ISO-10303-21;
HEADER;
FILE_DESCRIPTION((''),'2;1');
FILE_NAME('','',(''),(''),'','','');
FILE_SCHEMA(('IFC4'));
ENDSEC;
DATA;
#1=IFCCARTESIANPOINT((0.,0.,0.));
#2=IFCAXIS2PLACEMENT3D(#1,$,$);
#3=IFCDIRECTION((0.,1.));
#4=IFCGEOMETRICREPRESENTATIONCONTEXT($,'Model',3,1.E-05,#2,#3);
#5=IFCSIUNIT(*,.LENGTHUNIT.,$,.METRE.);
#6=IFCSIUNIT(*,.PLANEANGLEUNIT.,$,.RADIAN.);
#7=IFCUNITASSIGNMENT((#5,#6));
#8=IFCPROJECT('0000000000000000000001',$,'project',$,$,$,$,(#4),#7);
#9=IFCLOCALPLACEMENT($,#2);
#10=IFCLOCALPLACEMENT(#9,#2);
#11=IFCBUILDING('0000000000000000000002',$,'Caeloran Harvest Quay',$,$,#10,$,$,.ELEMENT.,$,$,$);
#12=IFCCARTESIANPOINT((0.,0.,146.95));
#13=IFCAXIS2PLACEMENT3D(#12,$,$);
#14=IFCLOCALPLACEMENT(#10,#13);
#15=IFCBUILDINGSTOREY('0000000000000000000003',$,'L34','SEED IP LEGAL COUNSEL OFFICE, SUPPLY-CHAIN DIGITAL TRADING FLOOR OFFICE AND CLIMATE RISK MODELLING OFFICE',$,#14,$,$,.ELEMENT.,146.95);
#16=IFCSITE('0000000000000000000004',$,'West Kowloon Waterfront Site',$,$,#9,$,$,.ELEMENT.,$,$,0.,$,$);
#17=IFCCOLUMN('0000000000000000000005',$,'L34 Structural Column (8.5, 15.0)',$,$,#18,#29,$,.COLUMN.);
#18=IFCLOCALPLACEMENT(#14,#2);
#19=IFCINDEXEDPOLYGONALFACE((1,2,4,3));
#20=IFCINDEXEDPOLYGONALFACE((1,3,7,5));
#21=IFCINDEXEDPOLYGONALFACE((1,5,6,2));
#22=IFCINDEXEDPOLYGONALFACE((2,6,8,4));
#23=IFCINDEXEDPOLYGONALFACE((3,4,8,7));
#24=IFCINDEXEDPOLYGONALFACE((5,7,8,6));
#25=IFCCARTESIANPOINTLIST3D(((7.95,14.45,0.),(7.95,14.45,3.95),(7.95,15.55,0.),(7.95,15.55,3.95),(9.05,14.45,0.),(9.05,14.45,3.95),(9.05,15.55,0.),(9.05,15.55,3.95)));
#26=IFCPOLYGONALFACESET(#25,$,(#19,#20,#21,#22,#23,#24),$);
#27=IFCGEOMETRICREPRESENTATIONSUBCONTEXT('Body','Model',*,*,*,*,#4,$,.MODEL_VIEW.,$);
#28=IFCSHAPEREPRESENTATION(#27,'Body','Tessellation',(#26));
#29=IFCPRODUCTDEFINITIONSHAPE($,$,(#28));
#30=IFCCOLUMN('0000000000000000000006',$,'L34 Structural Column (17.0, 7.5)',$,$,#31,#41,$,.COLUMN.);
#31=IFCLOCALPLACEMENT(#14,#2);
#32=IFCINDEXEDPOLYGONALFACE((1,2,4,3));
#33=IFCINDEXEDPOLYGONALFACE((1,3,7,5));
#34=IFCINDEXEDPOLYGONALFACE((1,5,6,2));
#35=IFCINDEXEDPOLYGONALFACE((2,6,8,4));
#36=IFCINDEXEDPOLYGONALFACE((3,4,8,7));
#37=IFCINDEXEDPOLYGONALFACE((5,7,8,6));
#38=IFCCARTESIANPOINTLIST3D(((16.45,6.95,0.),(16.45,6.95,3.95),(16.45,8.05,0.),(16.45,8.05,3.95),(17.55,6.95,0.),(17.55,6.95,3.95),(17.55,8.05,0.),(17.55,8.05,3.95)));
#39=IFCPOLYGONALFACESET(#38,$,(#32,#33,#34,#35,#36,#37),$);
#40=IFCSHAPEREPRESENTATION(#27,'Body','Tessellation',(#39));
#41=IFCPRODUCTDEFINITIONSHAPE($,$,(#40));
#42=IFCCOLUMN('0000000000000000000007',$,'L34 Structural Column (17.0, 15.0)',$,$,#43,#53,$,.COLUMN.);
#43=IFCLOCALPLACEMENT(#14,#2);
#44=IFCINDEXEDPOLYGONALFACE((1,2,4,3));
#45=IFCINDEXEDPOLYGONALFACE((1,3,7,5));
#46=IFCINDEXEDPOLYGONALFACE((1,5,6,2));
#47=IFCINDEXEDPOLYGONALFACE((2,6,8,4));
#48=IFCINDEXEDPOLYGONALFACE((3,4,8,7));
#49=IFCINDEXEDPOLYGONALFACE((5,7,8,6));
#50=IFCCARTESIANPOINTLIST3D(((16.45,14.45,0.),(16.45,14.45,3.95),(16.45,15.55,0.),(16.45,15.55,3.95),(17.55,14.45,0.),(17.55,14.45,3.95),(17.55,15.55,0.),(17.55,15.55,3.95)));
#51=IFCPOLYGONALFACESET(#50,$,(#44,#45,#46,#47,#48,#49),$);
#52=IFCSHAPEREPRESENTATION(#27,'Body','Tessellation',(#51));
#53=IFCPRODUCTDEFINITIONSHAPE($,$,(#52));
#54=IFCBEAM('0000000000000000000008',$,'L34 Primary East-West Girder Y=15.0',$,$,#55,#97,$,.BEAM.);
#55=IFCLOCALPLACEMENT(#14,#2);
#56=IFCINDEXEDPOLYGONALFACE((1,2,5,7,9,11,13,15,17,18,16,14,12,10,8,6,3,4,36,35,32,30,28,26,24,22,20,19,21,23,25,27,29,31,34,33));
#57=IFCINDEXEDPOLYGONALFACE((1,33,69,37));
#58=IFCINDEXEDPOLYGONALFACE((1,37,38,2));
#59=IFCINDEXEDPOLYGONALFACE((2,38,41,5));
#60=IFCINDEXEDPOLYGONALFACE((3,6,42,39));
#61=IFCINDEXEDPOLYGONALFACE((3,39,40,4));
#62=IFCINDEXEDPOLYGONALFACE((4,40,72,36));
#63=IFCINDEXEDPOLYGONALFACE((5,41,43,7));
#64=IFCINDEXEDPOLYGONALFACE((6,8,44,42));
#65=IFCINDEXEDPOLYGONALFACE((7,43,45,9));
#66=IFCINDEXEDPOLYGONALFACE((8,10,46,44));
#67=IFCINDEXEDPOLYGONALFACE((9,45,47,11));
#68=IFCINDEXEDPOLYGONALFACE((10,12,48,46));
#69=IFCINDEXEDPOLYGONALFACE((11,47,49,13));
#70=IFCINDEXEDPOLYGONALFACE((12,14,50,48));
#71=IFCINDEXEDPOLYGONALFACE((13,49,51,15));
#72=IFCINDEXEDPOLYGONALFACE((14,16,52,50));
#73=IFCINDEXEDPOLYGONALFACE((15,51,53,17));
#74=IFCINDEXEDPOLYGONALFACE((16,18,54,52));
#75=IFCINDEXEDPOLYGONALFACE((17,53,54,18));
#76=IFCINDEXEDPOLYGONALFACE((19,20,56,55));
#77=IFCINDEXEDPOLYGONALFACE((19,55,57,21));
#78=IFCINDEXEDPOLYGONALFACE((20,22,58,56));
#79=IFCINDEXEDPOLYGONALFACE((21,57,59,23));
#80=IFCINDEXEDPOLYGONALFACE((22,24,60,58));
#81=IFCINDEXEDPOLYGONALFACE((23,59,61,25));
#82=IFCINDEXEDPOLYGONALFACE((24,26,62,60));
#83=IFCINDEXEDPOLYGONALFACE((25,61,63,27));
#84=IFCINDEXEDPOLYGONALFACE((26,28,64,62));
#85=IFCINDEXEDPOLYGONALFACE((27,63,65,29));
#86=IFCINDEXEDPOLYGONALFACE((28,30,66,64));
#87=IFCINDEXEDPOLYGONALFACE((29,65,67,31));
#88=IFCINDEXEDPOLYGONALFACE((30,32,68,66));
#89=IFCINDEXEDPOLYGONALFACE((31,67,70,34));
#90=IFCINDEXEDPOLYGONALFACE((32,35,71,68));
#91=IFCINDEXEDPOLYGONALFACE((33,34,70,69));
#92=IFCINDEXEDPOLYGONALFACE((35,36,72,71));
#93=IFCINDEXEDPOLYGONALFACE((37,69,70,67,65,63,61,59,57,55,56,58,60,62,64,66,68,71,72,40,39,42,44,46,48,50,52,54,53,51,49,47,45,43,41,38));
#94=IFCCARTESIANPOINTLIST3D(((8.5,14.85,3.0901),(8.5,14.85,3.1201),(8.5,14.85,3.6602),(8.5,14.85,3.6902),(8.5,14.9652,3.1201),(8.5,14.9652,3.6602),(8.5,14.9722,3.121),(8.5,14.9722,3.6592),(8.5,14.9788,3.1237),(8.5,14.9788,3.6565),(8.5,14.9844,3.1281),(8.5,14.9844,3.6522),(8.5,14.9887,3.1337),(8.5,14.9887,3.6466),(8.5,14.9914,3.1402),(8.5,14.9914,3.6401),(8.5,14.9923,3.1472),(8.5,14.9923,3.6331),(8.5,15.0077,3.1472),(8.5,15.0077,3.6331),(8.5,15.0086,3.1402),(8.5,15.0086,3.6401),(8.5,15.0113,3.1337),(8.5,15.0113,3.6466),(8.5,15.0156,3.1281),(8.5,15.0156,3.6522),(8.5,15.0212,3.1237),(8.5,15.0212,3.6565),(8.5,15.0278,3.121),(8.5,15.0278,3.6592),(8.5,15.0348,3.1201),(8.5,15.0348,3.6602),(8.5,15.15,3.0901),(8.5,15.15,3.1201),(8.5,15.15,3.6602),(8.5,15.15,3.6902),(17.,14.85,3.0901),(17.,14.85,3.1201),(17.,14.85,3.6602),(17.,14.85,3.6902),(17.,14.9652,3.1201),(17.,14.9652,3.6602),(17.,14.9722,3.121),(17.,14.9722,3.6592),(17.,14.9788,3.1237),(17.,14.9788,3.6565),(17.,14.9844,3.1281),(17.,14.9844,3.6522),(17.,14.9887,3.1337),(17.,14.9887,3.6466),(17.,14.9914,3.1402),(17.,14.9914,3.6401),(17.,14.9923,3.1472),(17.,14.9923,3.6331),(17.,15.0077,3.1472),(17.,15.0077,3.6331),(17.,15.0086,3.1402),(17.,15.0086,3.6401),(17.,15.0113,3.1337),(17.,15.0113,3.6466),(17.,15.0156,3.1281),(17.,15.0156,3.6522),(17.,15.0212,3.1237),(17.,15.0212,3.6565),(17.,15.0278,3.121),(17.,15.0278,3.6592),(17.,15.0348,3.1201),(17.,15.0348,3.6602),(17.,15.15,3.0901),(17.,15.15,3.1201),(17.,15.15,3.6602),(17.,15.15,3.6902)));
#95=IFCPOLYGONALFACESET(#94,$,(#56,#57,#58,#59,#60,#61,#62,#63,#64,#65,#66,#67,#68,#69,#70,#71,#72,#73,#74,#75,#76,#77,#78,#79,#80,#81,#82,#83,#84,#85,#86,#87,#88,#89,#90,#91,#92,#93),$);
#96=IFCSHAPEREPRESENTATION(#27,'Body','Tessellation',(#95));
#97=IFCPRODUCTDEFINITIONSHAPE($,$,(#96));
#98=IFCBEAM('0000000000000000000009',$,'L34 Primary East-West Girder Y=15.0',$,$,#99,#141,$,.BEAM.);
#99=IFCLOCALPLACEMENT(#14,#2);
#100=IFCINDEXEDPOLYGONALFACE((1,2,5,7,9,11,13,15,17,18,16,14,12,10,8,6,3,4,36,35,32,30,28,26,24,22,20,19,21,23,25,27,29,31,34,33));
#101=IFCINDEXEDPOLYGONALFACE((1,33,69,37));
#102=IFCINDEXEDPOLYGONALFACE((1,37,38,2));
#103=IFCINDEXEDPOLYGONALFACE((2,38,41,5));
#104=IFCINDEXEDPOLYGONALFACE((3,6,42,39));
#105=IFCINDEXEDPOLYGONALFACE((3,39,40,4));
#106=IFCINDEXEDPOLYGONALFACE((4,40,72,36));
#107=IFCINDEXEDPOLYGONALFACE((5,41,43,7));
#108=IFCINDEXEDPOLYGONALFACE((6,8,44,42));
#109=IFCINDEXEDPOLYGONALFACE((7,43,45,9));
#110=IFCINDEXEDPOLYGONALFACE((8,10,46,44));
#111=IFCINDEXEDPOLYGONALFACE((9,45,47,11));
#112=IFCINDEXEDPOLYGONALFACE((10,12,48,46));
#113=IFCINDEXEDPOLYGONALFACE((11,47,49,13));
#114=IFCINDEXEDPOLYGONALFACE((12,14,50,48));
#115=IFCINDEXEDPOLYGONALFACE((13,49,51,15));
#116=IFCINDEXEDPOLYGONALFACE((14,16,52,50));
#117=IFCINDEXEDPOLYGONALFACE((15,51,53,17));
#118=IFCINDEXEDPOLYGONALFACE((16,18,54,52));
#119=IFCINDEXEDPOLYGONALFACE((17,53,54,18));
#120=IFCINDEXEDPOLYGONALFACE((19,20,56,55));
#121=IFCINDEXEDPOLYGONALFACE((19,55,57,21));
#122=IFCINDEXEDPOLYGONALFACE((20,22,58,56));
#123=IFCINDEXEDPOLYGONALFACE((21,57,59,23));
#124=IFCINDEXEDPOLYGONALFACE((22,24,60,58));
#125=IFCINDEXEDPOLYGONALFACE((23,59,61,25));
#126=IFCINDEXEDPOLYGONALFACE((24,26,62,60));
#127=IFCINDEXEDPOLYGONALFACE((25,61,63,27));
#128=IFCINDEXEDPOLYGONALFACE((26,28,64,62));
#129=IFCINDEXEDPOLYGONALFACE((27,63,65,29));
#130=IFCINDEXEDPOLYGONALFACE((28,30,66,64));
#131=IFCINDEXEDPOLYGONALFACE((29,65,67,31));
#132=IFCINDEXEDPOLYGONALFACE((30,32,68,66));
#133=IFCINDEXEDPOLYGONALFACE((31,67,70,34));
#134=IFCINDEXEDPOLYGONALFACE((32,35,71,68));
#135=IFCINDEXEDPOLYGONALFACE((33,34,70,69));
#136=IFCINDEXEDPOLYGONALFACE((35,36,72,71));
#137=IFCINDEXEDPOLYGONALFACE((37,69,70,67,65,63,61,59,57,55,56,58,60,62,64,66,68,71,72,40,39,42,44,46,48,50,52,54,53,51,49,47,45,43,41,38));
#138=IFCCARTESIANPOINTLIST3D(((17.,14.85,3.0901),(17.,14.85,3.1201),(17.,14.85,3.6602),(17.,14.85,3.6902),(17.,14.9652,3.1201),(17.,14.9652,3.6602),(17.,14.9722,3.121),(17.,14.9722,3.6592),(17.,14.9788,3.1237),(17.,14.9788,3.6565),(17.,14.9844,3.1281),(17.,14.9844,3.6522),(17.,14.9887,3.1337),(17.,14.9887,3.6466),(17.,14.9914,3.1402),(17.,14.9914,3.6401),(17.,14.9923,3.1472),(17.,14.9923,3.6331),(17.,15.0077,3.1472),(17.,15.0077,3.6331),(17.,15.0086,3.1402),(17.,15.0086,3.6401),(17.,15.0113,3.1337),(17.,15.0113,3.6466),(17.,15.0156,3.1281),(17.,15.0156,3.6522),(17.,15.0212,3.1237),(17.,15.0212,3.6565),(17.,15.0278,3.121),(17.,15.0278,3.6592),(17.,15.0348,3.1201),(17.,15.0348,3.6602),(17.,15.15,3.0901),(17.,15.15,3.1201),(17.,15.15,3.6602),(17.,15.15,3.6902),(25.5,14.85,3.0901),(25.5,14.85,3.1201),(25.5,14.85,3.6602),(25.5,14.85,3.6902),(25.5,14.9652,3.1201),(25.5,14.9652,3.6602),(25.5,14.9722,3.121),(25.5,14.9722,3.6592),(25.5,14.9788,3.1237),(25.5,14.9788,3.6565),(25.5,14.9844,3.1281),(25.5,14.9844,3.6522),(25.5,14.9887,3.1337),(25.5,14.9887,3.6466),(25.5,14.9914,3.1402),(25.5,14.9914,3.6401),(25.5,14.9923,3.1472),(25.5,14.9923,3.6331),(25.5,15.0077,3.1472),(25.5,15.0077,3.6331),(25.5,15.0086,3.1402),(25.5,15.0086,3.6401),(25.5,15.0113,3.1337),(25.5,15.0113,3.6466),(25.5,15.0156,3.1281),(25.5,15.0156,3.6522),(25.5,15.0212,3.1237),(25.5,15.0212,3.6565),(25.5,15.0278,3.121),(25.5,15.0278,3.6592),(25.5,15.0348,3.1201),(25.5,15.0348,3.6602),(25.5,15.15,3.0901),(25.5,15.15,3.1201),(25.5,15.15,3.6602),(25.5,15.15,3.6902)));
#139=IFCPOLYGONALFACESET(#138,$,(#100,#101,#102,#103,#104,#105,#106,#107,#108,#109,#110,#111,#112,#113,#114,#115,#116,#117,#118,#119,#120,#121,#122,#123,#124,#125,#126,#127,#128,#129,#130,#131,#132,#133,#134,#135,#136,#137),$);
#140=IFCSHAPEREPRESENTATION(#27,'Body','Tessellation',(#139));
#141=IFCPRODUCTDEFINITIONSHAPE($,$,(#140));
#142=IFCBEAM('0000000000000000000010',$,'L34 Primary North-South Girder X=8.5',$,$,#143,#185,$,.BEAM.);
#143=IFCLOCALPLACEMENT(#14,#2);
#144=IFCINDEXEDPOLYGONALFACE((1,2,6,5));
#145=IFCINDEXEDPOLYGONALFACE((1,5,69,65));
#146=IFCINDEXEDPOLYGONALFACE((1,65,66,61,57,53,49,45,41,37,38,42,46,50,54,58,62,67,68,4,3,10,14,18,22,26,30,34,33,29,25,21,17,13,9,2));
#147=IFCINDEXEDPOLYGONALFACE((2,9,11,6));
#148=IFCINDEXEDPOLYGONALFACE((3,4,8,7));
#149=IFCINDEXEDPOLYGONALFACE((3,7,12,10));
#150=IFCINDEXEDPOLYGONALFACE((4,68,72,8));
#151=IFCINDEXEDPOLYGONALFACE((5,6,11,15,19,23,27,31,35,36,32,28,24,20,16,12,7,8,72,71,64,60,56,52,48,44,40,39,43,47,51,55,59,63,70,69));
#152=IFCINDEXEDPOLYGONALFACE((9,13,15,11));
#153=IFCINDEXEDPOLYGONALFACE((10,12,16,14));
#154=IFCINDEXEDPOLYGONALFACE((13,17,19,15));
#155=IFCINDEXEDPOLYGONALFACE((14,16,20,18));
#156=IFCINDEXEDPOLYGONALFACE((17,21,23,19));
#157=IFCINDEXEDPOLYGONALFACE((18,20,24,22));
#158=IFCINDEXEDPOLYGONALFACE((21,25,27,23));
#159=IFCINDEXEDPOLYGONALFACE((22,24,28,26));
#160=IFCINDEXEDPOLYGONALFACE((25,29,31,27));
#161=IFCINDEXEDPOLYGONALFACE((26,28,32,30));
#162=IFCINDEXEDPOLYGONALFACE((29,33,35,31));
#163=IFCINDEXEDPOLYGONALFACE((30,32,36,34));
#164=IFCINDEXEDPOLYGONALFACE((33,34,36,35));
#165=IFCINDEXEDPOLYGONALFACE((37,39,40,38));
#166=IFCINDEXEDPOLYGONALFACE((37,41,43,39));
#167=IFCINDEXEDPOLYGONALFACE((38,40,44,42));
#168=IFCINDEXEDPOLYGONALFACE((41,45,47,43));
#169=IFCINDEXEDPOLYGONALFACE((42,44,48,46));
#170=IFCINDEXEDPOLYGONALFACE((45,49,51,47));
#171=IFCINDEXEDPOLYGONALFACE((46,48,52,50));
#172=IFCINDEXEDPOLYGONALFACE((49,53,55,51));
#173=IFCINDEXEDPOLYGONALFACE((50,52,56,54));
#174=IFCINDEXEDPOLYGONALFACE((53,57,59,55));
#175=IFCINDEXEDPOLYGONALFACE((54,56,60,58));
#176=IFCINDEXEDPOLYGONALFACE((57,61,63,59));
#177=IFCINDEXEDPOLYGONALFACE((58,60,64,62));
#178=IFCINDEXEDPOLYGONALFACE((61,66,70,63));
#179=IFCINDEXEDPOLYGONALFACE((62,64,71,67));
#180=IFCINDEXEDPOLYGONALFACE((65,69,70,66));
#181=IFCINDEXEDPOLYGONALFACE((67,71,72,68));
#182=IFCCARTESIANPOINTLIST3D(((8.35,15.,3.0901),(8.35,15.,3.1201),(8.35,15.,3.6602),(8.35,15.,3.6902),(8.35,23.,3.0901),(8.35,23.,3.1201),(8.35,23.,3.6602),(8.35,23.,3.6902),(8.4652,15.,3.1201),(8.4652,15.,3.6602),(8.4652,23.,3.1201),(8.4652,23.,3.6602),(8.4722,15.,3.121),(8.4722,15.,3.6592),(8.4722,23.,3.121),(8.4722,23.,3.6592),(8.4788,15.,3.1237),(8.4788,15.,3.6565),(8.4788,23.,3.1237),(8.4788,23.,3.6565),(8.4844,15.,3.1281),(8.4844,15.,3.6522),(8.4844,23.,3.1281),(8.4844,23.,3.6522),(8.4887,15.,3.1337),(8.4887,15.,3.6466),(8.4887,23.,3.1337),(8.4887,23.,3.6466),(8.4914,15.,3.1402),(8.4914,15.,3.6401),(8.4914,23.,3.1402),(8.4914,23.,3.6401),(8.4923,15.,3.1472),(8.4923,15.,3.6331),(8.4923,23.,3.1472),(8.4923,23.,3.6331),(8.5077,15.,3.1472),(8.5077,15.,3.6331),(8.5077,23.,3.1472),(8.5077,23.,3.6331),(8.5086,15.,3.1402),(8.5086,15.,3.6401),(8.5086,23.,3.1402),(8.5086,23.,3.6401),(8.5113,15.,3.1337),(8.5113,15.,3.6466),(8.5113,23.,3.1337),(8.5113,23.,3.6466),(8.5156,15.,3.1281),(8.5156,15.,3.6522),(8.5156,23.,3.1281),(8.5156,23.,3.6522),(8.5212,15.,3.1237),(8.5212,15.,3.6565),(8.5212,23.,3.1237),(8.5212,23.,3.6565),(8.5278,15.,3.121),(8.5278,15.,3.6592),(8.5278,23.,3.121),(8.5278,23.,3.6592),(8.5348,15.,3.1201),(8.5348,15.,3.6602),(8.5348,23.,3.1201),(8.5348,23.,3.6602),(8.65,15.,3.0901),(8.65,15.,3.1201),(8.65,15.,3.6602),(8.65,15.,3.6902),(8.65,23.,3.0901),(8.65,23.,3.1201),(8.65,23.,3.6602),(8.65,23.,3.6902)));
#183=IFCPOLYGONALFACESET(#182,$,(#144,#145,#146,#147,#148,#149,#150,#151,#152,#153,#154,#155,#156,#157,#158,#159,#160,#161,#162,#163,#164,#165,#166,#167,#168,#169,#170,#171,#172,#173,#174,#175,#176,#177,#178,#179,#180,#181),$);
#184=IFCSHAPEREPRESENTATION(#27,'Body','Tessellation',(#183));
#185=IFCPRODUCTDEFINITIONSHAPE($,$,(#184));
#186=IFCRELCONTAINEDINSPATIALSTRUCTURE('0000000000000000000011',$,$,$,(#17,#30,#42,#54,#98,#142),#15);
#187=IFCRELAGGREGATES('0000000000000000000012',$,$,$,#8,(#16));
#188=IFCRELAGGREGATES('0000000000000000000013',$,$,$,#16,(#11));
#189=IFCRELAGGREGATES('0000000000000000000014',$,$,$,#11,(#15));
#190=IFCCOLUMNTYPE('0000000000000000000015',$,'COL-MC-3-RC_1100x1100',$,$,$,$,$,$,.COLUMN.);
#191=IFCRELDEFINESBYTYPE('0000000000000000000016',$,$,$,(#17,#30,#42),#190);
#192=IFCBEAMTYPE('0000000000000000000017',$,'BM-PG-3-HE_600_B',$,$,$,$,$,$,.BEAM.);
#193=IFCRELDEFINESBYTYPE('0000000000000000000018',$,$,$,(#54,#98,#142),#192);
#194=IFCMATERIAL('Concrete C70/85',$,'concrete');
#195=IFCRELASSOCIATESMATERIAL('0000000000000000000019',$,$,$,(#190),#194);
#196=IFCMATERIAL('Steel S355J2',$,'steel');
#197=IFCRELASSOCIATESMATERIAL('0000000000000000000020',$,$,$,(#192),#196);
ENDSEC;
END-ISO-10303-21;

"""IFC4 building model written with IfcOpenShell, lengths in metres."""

from ifc_helpers import new_model, si_unit, direction, frame, origin, origin_2d, place, context, subcontext, project, spatial, rectangle, i_section, extrude, material, material_profile, profile_set, type_object, element, save


model = new_model("IFC4")

# Units and contexts
model_context = context("Model", 3, precision=1e-05, world=origin(), true_north=direction((0.0, 1.0)))
body_context = subcontext(model_context, "Body", "Model", "MODEL_VIEW")
ifc_project = project(units=[si_unit("LENGTHUNIT", "METRE"), si_unit("PLANEANGLEUNIT", "RADIAN")], contexts=[model_context])

# Site, building, storey
site_placement = place(None, origin())
site = spatial("IfcSite", under=ifc_project, at=site_placement, Name="West Kowloon Waterfront Site", CompositionType="ELEMENT", RefElevation=0.0)
building_placement = place(site_placement, origin())
building = spatial("IfcBuilding", under=site, at=building_placement, Name="Caeloran Harvest Quay", CompositionType="ELEMENT")
storey_placement = place(building_placement, frame((0.0, 0.0, 146.95)))
storey = spatial("IfcBuildingStorey", under=building, at=storey_placement, Name="L34", Description="SEED IP LEGAL COUNSEL OFFICE, SUPPLY-CHAIN DIGITAL TRADING FLOOR OFFICE AND CLIMATE RISK MODELLING OFFICE", CompositionType="ELEMENT", Elevation=146.95)

# Columns
ifc_material_1 = material(Name="Concrete C70/85", Category="concrete")
ifc_material_profile_1 = material_profile(ifc_material_1, rectangle(XDim=1.1001, YDim=1.1001, at=origin_2d()), Name="RC 1100x1100")
ifc_profile_set_1 = profile_set([ifc_material_profile_1], Name="Concrete C70/85")
column_type = type_object("IfcColumnType", Name="COL-MC-3-RC_1100x1100", PredefinedType="COLUMN", material=ifc_profile_set_1)
for number, where, z_axis, x_axis, name in (
    (1, (8.5, 15.0, 0.0), (0.0, 0.0, 1.0), (1.0, 0.0, 0.0), "L34 Structural Column (8.5, 15.0)"),
    (2, (17.0, 7.5, 0.0), (0.0, 0.0, 1.0), (1.0, 0.0, 0.0), "L34 Structural Column (17.0, 7.5)"),
    (3, (17.0, 15.0, 0.0), (0.0, 0.0, 1.0), (1.0, 0.0, 0.0), "L34 Structural Column (17.0, 15.0)"),
):
    element("IfcColumn", number, at=place(storey_placement, frame(where, z_axis=z_axis, x_axis=x_axis)), inside=storey, type_object=column_type, Name=name, PredefinedType="COLUMN", context=body_context, shape_type="SweptSolid", body=[
        extrude(rectangle(XDim=1.1001, YDim=1.1001, at=origin_2d()), origin(), (0.0, 0.0, 1.0), 3.95),
    ])

# Beams
ifc_material_2 = material(Name="Steel S355J2", Category="steel")
ifc_material_profile_2 = material_profile(ifc_material_2, i_section(OverallWidth=0.3, OverallDepth=0.6001, WebThickness=0.0154, FlangeThickness=0.03, FilletRadius=0.0271, at=origin_2d()), Name="HE 600 B")
ifc_profile_set_2 = profile_set([ifc_material_profile_2], Name="Steel S355J2")
beam_type_1 = type_object("IfcBeamType", Name="BM-PG-3-HE_600_B", PredefinedType="BEAM", material=ifc_profile_set_2)
for number, where, z_axis, x_axis, name in (
    (4, (8.5, 15.0, 3.3901), (1.0, 0.0, 0.0), (0.0, 1.0, 0.0), "L34 Primary East-West Girder Y=15.0"),
    (5, (17.0, 15.0, 3.3901), (1.0, 0.0, 0.0), (0.0, 1.0, 0.0), "L34 Primary East-West Girder Y=15.0"),
):
    element("IfcBeam", number, at=place(storey_placement, frame(where, z_axis=z_axis, x_axis=x_axis)), inside=storey, type_object=beam_type_1, Name=name, PredefinedType="BEAM", context=body_context, shape_type="SweptSolid", body=[
        extrude(i_section(OverallWidth=0.3, OverallDepth=0.6001, WebThickness=0.0154, FlangeThickness=0.03, FilletRadius=0.0271, at=origin_2d()), origin(), (0.0, 0.0, 1.0), 8.5),
    ])
beam_1_placement = place(storey_placement, frame((8.5, 15.0, 3.3901), z_axis=(0.0, 1.0, 0.0), x_axis=(-1.0, 0.0, 0.0)))
element("IfcBeam", 6, at=beam_1_placement, inside=storey, type_object=beam_type_1, Name="L34 Primary North-South Girder X=8.5", PredefinedType="BEAM", context=body_context, shape_type="SweptSolid", body=[
    extrude(i_section(OverallWidth=0.3, OverallDepth=0.6001, WebThickness=0.0154, FlangeThickness=0.03, FilletRadius=0.0271, at=origin_2d()), origin(), (0.0, 0.0, 1.0), 8.0),
])

save(model, "model.ifc")
